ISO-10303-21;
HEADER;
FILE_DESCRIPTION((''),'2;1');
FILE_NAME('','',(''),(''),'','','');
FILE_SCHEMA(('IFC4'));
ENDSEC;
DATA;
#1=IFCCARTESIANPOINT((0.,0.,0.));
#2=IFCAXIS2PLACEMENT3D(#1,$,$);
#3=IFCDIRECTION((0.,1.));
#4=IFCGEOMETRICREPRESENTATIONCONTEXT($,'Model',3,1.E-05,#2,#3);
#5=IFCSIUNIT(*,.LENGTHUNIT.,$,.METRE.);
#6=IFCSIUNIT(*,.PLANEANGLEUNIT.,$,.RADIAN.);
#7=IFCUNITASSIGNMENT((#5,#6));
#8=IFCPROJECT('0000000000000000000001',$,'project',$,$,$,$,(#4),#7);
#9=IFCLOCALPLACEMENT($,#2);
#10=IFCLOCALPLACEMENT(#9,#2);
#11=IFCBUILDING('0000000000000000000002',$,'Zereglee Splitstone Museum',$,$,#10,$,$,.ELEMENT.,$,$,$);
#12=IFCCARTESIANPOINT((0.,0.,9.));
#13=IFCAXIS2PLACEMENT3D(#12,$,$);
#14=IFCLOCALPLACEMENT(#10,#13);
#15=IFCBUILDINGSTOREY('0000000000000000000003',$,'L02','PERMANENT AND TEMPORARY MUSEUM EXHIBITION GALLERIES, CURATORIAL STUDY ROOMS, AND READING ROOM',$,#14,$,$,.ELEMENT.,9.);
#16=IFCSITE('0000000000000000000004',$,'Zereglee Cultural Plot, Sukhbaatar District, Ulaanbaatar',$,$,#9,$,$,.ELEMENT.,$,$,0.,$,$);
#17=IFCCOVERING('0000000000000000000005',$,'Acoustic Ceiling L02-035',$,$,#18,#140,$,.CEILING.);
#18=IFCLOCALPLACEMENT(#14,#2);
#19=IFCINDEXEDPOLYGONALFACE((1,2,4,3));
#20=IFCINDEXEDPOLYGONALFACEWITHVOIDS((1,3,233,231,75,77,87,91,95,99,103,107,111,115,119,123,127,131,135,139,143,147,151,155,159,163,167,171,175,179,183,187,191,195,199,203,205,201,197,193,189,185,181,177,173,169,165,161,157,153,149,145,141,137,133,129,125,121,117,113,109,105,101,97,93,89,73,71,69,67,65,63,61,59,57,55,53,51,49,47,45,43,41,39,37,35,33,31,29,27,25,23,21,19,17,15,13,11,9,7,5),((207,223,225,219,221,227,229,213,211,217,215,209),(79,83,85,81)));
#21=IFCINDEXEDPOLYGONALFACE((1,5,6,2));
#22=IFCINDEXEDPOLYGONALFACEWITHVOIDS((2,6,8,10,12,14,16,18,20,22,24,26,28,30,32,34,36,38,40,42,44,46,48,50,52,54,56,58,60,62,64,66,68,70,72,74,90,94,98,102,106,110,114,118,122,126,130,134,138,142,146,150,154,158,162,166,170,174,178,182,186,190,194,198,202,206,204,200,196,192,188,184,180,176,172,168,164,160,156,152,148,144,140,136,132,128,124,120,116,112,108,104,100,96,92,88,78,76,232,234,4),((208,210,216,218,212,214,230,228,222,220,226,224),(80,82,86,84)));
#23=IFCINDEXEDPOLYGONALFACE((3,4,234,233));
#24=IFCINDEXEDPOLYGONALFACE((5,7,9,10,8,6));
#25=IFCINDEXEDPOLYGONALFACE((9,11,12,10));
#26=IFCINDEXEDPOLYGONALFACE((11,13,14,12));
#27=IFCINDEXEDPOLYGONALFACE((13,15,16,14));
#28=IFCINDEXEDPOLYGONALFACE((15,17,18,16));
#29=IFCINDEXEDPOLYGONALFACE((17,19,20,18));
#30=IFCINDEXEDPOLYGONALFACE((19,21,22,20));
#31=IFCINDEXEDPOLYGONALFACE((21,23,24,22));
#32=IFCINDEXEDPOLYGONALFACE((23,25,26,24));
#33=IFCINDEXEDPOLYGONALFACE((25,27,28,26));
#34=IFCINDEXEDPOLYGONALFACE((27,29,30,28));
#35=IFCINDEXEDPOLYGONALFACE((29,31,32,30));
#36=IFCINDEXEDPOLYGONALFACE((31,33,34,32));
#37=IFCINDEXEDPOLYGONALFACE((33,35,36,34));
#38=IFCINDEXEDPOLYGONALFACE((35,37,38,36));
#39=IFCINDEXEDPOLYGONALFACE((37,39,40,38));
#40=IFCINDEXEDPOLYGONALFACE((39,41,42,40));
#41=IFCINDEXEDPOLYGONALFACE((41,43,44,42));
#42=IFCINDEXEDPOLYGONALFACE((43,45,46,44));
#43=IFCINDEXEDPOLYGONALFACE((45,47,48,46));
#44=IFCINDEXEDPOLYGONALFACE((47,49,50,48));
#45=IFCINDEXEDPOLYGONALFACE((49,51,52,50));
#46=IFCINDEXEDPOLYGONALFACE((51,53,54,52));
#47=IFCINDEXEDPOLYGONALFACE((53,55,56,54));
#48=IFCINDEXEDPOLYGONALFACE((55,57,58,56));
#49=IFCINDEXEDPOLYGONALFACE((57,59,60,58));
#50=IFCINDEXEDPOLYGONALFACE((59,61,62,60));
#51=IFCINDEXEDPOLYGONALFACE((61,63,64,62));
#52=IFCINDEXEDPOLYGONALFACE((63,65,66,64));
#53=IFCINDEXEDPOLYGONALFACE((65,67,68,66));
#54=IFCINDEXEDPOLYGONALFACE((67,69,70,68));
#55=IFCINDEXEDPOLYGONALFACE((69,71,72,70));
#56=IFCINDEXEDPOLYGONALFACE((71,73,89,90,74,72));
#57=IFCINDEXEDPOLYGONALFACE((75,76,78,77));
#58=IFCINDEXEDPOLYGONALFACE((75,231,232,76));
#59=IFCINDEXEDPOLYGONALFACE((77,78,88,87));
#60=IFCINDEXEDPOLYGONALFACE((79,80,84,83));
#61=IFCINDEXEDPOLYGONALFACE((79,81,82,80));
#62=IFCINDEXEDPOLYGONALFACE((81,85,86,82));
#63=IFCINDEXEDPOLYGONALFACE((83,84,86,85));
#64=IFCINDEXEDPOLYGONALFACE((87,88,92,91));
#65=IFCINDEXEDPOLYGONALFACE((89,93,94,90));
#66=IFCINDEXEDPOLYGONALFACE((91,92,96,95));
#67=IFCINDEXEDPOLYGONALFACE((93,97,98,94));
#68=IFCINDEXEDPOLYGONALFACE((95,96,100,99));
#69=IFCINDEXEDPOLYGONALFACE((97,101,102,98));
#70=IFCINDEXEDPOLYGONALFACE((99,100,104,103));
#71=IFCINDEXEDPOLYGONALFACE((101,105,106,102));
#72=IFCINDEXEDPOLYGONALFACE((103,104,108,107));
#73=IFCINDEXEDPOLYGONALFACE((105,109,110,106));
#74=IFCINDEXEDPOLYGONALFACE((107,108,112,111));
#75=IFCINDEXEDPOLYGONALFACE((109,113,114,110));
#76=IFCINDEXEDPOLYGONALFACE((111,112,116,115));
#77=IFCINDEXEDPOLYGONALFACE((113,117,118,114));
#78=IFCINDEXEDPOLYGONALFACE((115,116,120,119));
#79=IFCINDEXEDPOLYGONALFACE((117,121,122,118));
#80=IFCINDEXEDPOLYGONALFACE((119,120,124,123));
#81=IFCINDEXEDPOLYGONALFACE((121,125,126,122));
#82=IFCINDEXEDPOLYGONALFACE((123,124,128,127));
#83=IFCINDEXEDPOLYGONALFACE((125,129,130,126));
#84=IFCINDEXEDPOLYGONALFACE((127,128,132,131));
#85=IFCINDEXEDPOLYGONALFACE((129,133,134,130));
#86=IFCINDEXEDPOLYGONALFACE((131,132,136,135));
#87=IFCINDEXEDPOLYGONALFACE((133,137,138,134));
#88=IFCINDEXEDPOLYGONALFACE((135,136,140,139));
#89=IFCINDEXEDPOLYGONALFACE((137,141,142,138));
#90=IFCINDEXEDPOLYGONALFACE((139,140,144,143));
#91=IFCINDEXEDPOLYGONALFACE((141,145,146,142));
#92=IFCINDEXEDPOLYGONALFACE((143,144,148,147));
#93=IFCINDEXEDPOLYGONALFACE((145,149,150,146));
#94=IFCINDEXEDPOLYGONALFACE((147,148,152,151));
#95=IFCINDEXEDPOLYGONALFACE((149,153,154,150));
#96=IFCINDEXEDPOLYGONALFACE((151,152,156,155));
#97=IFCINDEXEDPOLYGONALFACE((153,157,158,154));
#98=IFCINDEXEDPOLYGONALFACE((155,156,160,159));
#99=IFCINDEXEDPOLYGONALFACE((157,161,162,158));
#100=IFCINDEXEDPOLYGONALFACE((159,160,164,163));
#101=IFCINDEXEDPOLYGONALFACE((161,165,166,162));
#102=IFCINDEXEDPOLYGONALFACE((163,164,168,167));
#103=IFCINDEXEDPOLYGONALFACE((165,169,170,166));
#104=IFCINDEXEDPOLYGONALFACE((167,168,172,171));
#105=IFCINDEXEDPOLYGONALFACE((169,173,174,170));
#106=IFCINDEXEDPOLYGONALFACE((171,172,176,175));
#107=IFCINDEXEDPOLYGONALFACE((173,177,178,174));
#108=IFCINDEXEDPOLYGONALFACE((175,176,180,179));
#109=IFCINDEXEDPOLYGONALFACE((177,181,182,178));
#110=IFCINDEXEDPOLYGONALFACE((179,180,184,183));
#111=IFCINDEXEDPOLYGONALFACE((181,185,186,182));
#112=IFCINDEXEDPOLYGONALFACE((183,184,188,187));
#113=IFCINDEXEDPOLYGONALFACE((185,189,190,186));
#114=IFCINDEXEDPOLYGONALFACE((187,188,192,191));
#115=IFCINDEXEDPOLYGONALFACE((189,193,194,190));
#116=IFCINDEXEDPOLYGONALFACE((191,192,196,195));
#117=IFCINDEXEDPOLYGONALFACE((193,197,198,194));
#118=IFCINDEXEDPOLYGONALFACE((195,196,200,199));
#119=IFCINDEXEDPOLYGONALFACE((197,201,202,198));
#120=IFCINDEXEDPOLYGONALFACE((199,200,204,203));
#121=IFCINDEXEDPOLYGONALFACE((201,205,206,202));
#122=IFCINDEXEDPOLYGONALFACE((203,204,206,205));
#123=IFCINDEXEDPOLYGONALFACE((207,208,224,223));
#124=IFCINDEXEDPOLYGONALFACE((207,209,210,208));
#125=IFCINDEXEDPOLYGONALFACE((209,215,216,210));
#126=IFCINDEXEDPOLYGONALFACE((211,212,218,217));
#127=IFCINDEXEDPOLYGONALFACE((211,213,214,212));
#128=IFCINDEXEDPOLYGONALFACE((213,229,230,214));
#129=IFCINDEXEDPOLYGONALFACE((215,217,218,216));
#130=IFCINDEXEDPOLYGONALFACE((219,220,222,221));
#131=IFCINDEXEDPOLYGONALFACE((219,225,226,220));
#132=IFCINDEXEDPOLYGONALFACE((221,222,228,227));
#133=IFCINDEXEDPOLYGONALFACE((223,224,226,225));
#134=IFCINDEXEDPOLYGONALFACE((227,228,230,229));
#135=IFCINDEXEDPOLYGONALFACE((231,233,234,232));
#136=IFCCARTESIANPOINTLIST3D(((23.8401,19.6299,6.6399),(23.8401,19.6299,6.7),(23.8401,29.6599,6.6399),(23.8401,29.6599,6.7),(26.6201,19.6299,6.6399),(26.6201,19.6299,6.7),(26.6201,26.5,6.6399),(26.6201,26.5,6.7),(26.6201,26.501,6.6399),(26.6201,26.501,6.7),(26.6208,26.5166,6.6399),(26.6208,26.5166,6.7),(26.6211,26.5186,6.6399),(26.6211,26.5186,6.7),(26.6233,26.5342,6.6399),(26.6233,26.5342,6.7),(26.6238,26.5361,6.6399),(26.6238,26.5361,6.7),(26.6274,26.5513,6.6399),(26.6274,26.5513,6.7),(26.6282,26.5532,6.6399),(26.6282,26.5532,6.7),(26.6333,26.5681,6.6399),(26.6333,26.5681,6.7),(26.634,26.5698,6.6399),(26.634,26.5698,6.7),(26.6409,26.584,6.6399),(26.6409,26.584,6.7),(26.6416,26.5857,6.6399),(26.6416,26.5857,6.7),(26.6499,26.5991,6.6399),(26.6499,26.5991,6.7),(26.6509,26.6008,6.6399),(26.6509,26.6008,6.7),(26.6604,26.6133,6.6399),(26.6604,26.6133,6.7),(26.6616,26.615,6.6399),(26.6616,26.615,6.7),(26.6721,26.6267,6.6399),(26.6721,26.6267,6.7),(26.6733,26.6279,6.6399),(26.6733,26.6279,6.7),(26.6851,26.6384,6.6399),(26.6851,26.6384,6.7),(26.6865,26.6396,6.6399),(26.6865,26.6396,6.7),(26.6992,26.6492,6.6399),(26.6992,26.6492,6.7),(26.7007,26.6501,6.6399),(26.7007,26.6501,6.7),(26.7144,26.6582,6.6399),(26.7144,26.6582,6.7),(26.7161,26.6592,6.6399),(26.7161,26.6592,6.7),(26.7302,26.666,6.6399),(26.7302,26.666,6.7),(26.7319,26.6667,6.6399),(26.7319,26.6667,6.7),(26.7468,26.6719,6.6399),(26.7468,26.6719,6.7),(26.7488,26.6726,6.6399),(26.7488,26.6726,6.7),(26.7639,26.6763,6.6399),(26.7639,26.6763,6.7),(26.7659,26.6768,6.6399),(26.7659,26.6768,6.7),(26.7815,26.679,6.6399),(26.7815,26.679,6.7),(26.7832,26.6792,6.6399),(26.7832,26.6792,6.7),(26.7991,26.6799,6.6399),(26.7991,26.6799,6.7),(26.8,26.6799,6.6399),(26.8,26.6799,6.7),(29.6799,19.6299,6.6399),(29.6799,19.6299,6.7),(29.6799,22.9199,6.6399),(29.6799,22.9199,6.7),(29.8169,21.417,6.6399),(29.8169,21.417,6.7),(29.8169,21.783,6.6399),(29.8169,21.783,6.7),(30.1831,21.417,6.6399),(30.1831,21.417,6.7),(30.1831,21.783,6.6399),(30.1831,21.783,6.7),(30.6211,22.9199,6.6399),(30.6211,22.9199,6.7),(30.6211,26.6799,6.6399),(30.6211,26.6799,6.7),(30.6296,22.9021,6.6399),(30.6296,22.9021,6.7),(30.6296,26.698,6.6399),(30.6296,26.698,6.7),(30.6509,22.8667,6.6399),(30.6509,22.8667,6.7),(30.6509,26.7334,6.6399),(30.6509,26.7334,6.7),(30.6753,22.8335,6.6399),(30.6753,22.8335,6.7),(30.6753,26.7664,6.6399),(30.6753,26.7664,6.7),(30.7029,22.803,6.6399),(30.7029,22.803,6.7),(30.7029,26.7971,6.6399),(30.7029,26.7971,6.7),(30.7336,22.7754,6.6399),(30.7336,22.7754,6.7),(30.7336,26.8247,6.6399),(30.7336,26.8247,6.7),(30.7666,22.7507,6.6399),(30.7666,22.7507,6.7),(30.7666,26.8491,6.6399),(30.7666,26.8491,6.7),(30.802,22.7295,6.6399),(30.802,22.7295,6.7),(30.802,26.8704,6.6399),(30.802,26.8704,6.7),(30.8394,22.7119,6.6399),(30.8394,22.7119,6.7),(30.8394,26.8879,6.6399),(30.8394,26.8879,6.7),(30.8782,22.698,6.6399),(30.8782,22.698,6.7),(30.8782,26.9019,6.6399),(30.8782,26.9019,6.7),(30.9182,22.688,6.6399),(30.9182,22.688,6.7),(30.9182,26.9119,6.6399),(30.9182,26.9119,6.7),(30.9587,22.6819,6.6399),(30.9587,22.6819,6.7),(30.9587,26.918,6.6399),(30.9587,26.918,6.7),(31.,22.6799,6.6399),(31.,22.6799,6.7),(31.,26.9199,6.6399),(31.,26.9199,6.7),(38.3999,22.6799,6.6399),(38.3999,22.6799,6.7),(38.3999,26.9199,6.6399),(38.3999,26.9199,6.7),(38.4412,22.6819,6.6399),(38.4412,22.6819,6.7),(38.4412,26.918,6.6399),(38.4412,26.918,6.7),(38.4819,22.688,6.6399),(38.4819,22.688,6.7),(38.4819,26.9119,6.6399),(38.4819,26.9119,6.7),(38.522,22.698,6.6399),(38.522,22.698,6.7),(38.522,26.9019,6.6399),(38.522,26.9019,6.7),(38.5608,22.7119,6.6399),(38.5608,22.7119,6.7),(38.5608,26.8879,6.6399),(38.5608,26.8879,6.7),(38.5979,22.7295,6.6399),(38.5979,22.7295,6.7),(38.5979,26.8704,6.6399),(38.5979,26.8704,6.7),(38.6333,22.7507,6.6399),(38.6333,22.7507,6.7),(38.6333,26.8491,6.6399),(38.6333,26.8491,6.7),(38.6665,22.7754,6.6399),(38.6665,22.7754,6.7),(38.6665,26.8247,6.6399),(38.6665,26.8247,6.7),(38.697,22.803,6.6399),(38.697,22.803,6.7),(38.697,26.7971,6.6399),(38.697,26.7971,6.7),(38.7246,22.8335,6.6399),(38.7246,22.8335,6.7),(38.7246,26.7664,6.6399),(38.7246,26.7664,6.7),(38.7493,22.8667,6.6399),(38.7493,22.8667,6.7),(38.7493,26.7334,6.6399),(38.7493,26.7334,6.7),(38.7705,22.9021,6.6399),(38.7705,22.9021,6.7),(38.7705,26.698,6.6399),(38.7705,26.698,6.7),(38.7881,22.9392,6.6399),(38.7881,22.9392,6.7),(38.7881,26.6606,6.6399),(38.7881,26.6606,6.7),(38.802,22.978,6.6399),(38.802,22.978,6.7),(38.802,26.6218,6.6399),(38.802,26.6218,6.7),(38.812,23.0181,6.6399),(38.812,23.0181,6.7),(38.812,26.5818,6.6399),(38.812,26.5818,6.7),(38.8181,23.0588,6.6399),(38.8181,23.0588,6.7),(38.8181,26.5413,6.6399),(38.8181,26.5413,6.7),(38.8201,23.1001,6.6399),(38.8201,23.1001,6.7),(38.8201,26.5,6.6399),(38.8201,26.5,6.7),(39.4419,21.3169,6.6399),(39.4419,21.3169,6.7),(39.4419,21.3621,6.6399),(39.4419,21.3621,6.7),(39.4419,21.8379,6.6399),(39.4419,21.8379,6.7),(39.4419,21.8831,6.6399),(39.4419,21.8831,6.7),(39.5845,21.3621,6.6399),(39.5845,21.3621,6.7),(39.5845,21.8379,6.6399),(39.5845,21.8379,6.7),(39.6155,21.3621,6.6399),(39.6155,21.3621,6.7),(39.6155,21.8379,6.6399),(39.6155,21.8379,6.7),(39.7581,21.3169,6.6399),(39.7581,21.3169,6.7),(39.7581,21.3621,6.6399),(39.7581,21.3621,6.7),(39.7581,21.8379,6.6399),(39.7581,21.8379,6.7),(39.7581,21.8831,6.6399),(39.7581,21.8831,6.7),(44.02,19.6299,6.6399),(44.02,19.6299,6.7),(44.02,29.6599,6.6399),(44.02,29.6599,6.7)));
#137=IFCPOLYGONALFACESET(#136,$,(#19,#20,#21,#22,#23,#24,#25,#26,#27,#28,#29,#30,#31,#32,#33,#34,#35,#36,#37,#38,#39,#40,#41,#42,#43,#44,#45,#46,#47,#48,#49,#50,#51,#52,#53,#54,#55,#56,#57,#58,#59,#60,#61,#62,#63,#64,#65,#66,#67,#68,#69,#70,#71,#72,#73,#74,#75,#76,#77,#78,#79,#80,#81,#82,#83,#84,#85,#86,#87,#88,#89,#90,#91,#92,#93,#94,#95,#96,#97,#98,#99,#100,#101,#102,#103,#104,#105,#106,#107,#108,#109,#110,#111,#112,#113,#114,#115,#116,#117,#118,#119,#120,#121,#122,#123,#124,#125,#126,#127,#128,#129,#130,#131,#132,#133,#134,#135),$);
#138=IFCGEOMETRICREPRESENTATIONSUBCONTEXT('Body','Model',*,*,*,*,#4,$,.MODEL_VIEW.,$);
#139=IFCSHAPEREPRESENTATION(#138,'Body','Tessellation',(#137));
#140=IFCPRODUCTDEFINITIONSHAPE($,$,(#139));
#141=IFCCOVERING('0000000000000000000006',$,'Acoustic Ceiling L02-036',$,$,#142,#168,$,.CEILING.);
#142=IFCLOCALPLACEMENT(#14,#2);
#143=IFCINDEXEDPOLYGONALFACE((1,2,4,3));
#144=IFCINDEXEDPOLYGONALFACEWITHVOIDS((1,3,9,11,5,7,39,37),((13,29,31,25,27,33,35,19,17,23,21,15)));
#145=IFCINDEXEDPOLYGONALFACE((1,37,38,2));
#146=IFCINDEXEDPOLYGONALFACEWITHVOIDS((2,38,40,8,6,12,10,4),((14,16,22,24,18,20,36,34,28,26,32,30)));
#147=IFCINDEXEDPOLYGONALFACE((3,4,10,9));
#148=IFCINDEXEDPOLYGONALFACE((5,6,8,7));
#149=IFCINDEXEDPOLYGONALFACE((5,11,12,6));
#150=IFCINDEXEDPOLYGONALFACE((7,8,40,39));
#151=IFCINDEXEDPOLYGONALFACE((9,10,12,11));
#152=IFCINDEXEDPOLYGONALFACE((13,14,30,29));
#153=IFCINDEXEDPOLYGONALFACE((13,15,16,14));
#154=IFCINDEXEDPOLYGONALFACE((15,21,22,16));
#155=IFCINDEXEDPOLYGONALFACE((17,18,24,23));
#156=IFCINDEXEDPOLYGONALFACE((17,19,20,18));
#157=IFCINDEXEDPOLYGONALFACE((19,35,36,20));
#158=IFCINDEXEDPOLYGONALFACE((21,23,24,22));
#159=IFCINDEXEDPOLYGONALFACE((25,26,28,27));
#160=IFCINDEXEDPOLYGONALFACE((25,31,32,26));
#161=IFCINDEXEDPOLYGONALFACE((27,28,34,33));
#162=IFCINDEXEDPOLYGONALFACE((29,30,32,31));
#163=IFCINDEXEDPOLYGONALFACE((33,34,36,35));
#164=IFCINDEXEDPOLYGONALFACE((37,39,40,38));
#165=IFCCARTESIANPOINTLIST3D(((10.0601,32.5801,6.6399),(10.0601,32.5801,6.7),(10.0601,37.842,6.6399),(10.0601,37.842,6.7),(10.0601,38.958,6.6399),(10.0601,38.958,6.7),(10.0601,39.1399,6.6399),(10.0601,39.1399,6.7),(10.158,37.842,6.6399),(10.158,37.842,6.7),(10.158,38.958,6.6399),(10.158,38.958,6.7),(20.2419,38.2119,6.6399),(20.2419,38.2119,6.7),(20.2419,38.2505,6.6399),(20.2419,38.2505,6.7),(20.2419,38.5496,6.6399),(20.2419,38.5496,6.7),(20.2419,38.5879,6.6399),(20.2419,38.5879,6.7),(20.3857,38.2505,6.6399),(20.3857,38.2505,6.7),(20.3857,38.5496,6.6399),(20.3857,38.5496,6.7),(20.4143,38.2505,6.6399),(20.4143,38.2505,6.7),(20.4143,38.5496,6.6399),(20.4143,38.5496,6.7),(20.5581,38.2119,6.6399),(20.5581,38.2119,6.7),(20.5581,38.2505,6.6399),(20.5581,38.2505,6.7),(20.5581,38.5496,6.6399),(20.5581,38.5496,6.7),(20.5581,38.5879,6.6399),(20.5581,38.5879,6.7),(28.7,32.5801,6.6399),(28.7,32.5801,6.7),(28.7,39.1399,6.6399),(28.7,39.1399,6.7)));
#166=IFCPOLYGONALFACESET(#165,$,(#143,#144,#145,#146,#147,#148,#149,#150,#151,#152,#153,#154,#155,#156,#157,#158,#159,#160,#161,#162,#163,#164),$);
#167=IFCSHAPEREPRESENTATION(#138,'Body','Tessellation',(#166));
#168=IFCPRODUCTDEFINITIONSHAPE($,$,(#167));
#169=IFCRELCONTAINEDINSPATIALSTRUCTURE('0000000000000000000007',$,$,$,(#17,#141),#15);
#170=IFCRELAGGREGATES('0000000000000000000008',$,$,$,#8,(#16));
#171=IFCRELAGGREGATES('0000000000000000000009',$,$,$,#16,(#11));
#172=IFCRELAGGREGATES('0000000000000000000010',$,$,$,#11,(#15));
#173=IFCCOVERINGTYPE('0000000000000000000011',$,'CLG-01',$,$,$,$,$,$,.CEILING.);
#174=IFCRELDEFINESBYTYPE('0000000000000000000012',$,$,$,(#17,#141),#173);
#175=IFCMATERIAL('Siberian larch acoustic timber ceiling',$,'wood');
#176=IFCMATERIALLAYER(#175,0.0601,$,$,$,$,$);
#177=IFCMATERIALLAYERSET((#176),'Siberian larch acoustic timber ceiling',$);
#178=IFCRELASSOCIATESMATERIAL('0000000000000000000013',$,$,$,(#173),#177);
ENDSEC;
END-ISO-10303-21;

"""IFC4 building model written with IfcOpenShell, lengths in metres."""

from ifc_helpers import new_model, si_unit, direction, frame, origin, place, context, subcontext, project, spatial, polyline, outline, extrude, material, layer, layer_set, type_object, element, save


model = new_model("IFC4")

# Units and contexts
model_context = context("Model", 3, precision=1e-05, world=origin(), true_north=direction((0.0, 1.0)))
body_context = subcontext(model_context, "Body", "Model", "MODEL_VIEW")
ifc_project = project(units=[si_unit("LENGTHUNIT", "METRE"), si_unit("PLANEANGLEUNIT", "RADIAN")], contexts=[model_context])

# Site, building, storey
site_placement = place(None, origin())
site = spatial("IfcSite", under=ifc_project, at=site_placement, Name="Zereglee Cultural Plot, Sukhbaatar District, Ulaanbaatar", CompositionType="ELEMENT", RefElevation=0.0)
building_placement = place(site_placement, origin())
building = spatial("IfcBuilding", under=site, at=building_placement, Name="Zereglee Splitstone Museum", CompositionType="ELEMENT")
storey_placement = place(building_placement, frame((0.0, 0.0, 9.0)))
storey = spatial("IfcBuildingStorey", under=building, at=storey_placement, Name="L02", Description="PERMANENT AND TEMPORARY MUSEUM EXHIBITION GALLERIES, CURATORIAL STUDY ROOMS, AND READING ROOM", CompositionType="ELEMENT", Elevation=9.0)

# Coverings
ifc_material_1 = material(Name="Siberian larch acoustic timber ceiling", Category="wood")
ifc_layer_1 = layer(ifc_material_1, 0.0601)
ifc_layer_set_1 = layer_set([ifc_layer_1], Name="Siberian larch acoustic timber ceiling")
covering_type_1 = type_object("IfcCoveringType", Name="CLG-01", PredefinedType="CEILING", material=ifc_layer_set_1)
covering_1_placement = place(storey_placement, frame((0.0, 0.0, 6.6399)))
element("IfcCovering", 1, at=covering_1_placement, inside=storey, type_object=covering_type_1, Name="Acoustic Ceiling L02-035", PredefinedType="CEILING", context=body_context, shape_type="SweptSolid", body=[
    extrude(outline(polyline([(26.7991, 26.6799), (26.7832, 26.6792), (26.7815, 26.679), (26.7659, 26.6768), (26.7639, 26.6763), (26.7488, 26.6726), (26.7468, 26.6719), (26.7319, 26.6667), (26.7302, 26.666), (26.7161, 26.6592), (26.7144, 26.6582), (26.7007, 26.6501), (26.6992, 26.6492), (26.6865, 26.6396), (26.6851, 26.6384), (26.6733, 26.6279), (26.6721, 26.6267), (26.6616, 26.615), (26.6604, 26.6133), (26.6509, 26.6008), (26.6499, 26.5991), (26.6416, 26.5857), (26.6409, 26.584), (26.634, 26.5698), (26.6333, 26.5681), (26.6282, 26.5532), (26.6274, 26.5513), (26.6238, 26.5361), (26.6233, 26.5342), (26.6211, 26.5186), (26.6208, 26.5166), (26.6201, 26.501), (26.6201, 26.5), (26.6201, 19.6299), (23.8401, 19.6299), (23.8401, 29.6599), (44.02, 29.6599), (44.02, 19.6299), (29.6799, 19.6299), (29.6799, 22.9199), (30.6211, 22.9199), (30.6296, 22.9021), (30.6509, 22.8667), (30.6753, 22.8335), (30.7029, 22.803), (30.7336, 22.7754), (30.7666, 22.7507), (30.802, 22.7295), (30.8394, 22.7119), (30.8782, 22.698), (30.9182, 22.688), (30.9587, 22.6819), (31.0, 22.6799), (38.3999, 22.6799), (38.4412, 22.6819), (38.4819, 22.688), (38.522, 22.698), (38.5608, 22.7119), (38.5979, 22.7295), (38.6333, 22.7507), (38.6665, 22.7754), (38.697, 22.803), (38.7246, 22.8335), (38.7493, 22.8667), (38.7705, 22.9021), (38.7881, 22.9392), (38.802, 22.978), (38.812, 23.0181), (38.8181, 23.0588), (38.8201, 23.1001), (38.8201, 26.5), (38.8181, 26.5413), (38.812, 26.5818), (38.802, 26.6218), (38.7881, 26.6606), (38.7705, 26.698), (38.7493, 26.7334), (38.7246, 26.7664), (38.697, 26.7971), (38.6665, 26.8247), (38.6333, 26.8491), (38.5979, 26.8704), (38.5608, 26.8879), (38.522, 26.9019), (38.4819, 26.9119), (38.4412, 26.918), (38.3999, 26.9199), (31.0, 26.9199), (30.9587, 26.918), (30.9182, 26.9119), (30.8782, 26.9019), (30.8394, 26.8879), (30.802, 26.8704), (30.7666, 26.8491), (30.7336, 26.8247), (30.7029, 26.7971), (30.6753, 26.7664), (30.6509, 26.7334), (30.6296, 26.698), (30.6211, 26.6799), (26.8, 26.6799), (26.7991, 26.6799)]), holes=[polyline([(39.7581, 21.8379), (39.7581, 21.8831), (39.4419, 21.8831), (39.4419, 21.8379), (39.5845, 21.8379), (39.5845, 21.3621), (39.4419, 21.3621), (39.4419, 21.3169), (39.7581, 21.3169), (39.7581, 21.3621), (39.6155, 21.3621), (39.6155, 21.8379), (39.7581, 21.8379)]), polyline([(29.8169, 21.783), (29.8169, 21.417), (30.1831, 21.417), (30.1831, 21.783), (29.8169, 21.783)])]), origin(), (0.0, 0.0, 1.0), 0.0601),
])
covering_2_placement = place(storey_placement, frame((0.0, 0.0, 6.6399)))
element("IfcCovering", 2, at=covering_2_placement, inside=storey, type_object=covering_type_1, Name="Acoustic Ceiling L02-036", PredefinedType="CEILING", context=body_context, shape_type="SweptSolid", body=[
    extrude(outline(polyline([(10.0601, 37.842), (10.158, 37.842), (10.158, 38.958), (10.0601, 38.958), (10.0601, 39.1399), (28.7, 39.1399), (28.7, 32.5801), (10.0601, 32.5801), (10.0601, 37.842)]), holes=[polyline([(20.5581, 38.5879), (20.2419, 38.5879), (20.2419, 38.5496), (20.3857, 38.5496), (20.3857, 38.2505), (20.2419, 38.2505), (20.2419, 38.2119), (20.5581, 38.2119), (20.5581, 38.2505), (20.4143, 38.2505), (20.4143, 38.5496), (20.5581, 38.5496), (20.5581, 38.5879)])]), origin(), (0.0, 0.0, 1.0), 0.0601),
])

save(model, "model.ifc")
